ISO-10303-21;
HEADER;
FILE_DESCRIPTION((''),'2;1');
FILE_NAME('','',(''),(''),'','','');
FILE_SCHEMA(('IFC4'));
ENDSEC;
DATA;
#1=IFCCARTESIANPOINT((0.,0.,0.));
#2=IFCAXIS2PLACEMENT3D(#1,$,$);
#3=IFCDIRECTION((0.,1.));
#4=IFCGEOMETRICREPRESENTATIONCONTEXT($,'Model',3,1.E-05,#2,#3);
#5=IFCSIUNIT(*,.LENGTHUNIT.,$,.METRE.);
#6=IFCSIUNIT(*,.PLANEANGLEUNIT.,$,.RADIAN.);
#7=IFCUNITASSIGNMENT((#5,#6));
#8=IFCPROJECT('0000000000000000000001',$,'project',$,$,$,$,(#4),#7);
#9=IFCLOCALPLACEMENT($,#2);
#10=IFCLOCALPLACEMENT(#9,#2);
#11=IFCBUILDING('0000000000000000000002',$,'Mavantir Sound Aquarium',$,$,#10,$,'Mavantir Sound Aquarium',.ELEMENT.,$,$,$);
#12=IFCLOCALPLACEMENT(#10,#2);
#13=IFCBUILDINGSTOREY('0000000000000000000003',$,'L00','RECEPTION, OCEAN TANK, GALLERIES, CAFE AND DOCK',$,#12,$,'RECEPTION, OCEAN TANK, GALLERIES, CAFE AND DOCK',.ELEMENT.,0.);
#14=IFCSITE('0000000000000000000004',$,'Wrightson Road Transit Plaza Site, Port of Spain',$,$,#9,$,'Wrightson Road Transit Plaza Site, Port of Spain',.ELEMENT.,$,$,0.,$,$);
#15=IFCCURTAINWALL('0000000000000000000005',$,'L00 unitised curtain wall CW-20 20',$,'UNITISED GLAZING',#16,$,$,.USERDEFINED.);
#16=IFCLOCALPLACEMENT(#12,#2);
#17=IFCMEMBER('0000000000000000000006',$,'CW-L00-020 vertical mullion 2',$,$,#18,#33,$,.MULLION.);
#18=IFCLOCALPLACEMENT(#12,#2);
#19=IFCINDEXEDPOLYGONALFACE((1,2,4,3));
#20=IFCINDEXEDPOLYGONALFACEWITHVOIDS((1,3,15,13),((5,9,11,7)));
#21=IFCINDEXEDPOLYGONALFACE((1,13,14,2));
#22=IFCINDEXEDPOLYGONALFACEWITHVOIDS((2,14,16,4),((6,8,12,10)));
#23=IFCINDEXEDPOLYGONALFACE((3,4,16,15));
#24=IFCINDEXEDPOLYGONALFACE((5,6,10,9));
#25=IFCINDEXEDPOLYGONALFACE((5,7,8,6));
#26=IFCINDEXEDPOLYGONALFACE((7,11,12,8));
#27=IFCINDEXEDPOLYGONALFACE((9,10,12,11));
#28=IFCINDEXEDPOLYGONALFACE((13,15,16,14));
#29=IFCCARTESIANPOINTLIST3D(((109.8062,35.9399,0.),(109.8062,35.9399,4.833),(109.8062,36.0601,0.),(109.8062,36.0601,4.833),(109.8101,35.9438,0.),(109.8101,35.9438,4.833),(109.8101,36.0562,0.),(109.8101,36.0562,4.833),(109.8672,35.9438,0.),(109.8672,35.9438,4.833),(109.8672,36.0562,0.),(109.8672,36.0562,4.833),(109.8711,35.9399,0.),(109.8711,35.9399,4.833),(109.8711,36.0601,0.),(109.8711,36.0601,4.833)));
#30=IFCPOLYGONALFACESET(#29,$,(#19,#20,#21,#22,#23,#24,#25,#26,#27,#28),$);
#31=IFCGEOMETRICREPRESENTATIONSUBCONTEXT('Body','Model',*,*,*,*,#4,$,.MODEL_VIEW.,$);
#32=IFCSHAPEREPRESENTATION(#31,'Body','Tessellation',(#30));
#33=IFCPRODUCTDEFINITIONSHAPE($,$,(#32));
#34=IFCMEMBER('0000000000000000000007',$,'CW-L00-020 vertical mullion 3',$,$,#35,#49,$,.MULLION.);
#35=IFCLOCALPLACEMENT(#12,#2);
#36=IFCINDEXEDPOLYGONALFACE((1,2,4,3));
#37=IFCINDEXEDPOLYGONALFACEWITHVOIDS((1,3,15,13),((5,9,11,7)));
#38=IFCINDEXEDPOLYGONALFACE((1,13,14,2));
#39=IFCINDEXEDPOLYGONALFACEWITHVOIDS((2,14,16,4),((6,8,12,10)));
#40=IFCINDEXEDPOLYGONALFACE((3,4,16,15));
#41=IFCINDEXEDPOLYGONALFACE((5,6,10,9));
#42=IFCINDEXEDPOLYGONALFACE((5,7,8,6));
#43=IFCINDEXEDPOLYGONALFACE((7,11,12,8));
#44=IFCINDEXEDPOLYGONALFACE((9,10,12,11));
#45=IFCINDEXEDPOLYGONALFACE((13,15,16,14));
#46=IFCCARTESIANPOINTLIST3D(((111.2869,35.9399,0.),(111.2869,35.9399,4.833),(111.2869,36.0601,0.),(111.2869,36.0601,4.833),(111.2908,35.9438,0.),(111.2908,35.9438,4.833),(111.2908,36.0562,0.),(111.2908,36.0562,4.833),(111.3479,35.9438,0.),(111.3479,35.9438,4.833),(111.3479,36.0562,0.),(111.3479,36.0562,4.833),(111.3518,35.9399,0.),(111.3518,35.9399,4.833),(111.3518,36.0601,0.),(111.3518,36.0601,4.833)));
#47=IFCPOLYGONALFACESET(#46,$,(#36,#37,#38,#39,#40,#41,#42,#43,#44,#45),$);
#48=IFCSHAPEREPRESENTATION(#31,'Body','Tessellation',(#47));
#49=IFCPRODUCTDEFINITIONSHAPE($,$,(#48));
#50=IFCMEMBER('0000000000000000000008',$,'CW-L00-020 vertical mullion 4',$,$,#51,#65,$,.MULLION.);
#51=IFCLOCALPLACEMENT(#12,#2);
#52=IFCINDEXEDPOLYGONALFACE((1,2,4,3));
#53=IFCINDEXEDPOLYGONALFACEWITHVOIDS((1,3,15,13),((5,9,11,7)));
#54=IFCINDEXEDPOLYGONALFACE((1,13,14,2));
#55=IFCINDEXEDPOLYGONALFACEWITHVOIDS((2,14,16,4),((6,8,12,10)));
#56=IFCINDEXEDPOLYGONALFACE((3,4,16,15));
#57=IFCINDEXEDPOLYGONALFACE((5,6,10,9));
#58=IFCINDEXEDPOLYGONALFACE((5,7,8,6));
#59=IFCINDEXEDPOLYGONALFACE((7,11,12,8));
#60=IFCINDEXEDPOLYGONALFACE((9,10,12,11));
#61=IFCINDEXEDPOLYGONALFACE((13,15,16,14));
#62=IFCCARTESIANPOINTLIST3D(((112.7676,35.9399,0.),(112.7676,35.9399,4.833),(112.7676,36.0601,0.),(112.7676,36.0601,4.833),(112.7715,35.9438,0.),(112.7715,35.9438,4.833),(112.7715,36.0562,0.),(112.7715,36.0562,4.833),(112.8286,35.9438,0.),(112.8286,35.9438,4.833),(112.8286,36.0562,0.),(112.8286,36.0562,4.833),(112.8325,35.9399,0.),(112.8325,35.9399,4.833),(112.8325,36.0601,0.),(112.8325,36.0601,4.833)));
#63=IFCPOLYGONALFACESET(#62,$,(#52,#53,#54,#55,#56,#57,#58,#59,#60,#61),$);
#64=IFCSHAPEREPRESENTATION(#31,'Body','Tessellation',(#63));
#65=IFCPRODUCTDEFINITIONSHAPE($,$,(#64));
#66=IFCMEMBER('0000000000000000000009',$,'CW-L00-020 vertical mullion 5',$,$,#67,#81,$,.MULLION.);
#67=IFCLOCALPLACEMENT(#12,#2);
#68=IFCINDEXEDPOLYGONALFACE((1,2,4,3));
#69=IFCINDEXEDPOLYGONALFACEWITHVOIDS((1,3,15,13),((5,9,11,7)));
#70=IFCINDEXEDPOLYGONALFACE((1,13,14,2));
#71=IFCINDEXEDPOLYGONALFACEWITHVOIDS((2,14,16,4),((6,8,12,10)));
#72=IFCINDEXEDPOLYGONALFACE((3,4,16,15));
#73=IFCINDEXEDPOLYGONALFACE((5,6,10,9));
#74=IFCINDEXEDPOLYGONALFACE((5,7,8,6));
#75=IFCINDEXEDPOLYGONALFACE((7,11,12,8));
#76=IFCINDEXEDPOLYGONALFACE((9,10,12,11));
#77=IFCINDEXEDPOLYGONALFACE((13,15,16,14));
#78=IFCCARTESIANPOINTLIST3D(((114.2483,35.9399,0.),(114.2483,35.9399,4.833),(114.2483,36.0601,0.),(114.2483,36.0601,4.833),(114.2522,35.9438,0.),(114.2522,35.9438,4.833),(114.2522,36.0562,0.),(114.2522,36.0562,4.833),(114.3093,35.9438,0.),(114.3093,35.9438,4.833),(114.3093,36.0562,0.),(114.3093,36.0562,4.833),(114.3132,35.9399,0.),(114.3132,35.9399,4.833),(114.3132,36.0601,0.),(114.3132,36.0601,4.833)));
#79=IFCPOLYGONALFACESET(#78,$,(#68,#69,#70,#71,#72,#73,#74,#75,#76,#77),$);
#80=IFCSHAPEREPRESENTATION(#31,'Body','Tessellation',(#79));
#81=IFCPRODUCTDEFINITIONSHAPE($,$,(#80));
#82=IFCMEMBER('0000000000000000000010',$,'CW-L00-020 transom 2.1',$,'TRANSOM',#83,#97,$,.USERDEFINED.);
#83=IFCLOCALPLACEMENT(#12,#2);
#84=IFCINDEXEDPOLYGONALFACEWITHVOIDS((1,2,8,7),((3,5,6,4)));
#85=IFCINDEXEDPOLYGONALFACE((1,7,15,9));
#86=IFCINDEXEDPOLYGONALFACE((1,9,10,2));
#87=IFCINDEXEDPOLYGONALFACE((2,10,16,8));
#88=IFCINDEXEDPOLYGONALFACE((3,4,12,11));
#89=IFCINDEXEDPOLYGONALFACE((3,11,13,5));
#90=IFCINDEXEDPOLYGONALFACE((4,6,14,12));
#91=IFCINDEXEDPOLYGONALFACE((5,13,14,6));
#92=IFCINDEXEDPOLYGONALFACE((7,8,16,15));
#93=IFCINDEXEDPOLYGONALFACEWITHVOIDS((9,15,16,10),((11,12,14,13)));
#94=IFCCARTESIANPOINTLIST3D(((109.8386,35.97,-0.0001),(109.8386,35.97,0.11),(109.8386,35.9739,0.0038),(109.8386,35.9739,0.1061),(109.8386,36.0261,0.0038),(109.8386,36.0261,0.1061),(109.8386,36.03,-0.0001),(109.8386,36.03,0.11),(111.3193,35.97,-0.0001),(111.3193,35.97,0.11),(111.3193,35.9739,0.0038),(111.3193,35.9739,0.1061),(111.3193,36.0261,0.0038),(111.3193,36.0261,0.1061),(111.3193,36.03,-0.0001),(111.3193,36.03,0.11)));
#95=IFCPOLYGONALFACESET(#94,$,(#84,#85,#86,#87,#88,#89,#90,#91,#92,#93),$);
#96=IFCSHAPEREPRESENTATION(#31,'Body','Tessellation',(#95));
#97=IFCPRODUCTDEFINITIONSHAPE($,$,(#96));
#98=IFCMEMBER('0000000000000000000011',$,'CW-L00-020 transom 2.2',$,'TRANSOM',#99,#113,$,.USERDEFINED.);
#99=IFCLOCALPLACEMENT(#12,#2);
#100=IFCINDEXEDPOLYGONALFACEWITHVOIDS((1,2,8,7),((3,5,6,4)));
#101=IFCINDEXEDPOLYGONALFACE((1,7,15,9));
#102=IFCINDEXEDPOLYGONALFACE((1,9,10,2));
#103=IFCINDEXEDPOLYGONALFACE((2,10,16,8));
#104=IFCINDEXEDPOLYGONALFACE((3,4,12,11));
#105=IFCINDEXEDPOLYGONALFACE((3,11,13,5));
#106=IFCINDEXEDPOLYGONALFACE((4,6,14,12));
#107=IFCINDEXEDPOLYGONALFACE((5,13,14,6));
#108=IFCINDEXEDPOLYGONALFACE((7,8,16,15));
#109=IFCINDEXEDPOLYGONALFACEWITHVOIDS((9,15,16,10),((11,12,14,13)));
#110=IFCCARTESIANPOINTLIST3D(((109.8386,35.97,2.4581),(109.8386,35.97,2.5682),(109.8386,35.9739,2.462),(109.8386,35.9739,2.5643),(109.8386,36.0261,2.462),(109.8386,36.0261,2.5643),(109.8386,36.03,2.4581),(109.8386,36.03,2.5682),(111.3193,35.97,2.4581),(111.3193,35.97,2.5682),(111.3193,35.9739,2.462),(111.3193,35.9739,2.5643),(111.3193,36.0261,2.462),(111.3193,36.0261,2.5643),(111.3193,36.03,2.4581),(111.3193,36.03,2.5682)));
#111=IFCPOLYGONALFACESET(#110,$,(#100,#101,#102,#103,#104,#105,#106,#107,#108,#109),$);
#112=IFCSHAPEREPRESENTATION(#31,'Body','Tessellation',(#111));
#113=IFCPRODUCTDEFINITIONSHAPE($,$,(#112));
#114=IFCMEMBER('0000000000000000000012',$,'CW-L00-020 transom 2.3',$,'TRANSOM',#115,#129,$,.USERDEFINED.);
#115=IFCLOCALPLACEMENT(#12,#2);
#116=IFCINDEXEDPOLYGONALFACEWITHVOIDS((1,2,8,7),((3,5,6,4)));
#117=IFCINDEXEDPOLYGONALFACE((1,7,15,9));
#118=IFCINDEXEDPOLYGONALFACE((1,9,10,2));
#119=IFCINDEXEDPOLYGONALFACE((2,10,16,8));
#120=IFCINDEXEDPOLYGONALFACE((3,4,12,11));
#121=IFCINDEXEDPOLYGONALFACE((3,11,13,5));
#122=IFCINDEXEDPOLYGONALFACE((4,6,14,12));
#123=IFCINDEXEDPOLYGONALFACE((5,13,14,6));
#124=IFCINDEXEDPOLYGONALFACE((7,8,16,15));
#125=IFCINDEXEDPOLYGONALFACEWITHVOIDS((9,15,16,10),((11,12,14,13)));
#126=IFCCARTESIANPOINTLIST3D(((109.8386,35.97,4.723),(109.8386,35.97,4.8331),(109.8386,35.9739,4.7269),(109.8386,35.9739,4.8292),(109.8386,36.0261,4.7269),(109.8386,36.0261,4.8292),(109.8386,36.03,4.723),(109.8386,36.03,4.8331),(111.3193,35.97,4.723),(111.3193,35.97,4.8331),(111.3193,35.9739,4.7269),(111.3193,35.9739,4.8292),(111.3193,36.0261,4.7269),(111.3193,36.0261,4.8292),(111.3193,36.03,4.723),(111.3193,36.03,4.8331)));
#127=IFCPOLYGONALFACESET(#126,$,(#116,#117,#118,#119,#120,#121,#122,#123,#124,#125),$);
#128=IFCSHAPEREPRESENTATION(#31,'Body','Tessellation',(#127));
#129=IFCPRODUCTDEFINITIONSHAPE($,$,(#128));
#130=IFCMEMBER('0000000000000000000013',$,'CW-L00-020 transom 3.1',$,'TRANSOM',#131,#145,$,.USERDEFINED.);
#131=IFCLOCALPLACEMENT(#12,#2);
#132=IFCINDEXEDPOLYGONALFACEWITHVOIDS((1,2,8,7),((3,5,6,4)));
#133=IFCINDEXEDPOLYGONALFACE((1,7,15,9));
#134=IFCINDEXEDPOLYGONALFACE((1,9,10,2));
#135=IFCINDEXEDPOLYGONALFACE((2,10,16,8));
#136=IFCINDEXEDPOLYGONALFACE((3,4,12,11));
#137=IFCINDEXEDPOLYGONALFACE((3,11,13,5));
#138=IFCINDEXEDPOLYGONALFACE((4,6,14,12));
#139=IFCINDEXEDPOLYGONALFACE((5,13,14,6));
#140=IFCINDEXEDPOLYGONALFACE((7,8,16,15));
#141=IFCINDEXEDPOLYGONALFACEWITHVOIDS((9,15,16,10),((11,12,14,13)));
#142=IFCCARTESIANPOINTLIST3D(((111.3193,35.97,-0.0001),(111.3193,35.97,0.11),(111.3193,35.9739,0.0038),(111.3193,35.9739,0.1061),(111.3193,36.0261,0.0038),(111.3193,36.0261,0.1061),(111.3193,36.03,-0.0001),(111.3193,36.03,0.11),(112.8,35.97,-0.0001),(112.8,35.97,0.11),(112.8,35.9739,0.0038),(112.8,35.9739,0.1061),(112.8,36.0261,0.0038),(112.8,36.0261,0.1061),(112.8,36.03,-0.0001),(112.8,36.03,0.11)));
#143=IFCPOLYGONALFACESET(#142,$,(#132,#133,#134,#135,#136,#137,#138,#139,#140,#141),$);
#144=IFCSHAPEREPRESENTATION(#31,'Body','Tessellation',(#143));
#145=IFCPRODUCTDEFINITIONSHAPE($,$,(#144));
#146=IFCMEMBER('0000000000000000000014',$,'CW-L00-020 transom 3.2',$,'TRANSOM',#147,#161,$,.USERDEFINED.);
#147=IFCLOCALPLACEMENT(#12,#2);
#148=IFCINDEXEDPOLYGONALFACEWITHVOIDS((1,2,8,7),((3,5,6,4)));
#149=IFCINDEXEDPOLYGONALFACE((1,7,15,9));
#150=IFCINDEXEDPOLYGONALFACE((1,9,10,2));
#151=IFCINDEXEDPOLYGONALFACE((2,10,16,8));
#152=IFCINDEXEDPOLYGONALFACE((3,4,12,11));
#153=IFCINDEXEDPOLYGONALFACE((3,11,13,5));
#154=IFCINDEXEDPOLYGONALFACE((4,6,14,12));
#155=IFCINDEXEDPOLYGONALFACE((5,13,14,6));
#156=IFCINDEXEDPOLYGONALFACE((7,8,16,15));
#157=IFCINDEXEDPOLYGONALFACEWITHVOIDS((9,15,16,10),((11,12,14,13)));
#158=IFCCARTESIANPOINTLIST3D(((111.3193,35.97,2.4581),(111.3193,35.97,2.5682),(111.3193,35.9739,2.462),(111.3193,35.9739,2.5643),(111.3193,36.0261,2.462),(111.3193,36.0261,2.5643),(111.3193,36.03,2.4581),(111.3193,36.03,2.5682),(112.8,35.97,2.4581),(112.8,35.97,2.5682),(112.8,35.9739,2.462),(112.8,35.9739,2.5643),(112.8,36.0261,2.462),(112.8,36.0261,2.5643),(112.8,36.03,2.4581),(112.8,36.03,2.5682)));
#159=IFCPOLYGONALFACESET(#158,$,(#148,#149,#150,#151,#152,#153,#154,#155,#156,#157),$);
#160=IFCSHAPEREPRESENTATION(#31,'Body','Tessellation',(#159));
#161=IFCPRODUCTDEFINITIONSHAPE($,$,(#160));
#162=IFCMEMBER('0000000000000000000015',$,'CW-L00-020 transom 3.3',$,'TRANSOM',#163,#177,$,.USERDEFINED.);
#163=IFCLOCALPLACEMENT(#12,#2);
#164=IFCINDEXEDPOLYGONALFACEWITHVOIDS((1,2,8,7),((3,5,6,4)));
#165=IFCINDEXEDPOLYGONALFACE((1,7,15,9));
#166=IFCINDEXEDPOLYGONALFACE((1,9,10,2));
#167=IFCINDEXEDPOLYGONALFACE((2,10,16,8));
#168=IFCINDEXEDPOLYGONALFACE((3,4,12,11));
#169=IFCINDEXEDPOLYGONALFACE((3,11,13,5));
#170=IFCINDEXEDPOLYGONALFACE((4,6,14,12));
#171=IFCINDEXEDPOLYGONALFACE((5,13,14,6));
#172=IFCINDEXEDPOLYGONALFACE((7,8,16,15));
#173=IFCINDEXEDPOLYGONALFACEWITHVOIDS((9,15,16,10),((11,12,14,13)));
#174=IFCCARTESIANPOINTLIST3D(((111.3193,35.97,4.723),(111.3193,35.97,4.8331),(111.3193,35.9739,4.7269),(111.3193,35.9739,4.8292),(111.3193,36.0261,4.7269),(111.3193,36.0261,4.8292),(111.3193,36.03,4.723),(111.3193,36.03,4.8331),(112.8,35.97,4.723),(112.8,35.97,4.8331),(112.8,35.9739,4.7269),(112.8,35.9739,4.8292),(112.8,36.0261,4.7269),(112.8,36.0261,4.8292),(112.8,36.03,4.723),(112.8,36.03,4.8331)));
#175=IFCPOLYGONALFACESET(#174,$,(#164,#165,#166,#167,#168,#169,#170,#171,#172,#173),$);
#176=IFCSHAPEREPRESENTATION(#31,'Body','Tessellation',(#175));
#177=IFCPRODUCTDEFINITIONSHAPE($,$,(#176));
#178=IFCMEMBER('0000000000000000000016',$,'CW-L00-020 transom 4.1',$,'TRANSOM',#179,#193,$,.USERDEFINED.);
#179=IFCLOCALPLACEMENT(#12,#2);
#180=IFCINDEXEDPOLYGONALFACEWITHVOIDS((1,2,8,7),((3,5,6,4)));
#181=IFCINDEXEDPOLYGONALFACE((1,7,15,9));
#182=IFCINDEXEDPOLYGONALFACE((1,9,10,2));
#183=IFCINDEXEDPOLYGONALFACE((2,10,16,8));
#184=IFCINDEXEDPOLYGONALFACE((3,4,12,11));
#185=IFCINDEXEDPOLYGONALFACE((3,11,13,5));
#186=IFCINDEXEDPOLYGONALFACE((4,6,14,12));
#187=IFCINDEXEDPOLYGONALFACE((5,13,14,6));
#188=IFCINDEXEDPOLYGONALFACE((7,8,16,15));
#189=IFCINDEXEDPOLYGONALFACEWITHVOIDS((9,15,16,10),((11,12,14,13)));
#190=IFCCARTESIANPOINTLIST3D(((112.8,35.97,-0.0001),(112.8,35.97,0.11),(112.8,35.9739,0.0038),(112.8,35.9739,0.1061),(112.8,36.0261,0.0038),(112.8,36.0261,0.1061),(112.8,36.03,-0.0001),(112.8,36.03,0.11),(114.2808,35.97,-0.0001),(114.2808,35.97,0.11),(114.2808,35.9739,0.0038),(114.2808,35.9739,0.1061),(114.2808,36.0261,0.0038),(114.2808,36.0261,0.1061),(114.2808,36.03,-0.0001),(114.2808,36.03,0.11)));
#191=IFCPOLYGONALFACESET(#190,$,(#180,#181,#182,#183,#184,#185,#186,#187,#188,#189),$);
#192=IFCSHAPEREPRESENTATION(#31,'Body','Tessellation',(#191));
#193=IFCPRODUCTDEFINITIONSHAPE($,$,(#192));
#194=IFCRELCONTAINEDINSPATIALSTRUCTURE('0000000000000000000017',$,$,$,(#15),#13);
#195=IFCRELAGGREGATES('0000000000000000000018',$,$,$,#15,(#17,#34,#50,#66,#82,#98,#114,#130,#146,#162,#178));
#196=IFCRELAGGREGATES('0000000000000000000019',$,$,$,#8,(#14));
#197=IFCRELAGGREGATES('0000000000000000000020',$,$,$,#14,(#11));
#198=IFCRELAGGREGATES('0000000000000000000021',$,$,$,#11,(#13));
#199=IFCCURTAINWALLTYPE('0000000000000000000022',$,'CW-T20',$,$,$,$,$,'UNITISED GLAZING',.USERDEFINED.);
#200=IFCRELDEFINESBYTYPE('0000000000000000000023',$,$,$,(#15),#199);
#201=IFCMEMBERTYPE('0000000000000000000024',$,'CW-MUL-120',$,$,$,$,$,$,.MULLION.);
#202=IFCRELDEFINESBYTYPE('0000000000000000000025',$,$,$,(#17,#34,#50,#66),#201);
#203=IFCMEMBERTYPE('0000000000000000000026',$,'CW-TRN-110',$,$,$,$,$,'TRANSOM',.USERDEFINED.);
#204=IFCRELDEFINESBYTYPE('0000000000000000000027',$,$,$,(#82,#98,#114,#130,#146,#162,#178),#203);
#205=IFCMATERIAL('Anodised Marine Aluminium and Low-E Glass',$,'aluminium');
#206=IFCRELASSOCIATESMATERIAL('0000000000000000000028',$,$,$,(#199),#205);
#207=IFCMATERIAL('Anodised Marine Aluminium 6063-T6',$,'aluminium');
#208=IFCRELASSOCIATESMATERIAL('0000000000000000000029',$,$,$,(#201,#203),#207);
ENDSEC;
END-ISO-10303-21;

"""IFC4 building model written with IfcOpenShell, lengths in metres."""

from ifc_helpers import new_model, si_unit, direction, frame, origin, origin_2d, place, context, subcontext, project, spatial, hollow_rectangle, extrude, material, material_profile, profile_set, type_object, element, aggregate, save


model = new_model("IFC4")

# Units and contexts
model_context = context("Model", 3, precision=1e-05, world=origin(), true_north=direction((0.0, 1.0)))
body_context = subcontext(model_context, "Body", "Model", "MODEL_VIEW")
ifc_project = project(units=[si_unit("LENGTHUNIT", "METRE"), si_unit("PLANEANGLEUNIT", "RADIAN")], contexts=[model_context])

# Site, building, storey
site_placement = place(None, origin())
site = spatial("IfcSite", under=ifc_project, at=site_placement, Name="Wrightson Road Transit Plaza Site, Port of Spain", LongName="Wrightson Road Transit Plaza Site, Port of Spain", CompositionType="ELEMENT", RefElevation=0.0)
building_placement = place(site_placement, origin())
building = spatial("IfcBuilding", under=site, at=building_placement, Name="Mavantir Sound Aquarium", LongName="Mavantir Sound Aquarium", CompositionType="ELEMENT")
storey_placement = place(building_placement, origin())
storey = spatial("IfcBuildingStorey", under=building, at=storey_placement, Name="L00", Description="RECEPTION, OCEAN TANK, GALLERIES, CAFE AND DOCK", LongName="RECEPTION, OCEAN TANK, GALLERIES, CAFE AND DOCK", CompositionType="ELEMENT", Elevation=0.0)

# Curtain wall, members
ifc_material_1 = material(Name="Anodised Marine Aluminium and Low-E Glass", Category="aluminium")
curtain_wall_type = type_object("IfcCurtainWallType", Name="CW-T20", ElementType="UNITISED GLAZING", PredefinedType="USERDEFINED", material=ifc_material_1)
curtain_wall_placement = place(storey_placement, origin())
curtain_wall = element("IfcCurtainWall", 1, at=curtain_wall_placement, inside=storey, type_object=curtain_wall_type, Name="L00 unitised curtain wall CW-20 20", ObjectType="UNITISED GLAZING", PredefinedType="USERDEFINED")
ifc_material_2 = material(Name="Anodised Marine Aluminium 6063-T6", Category="aluminium")
ifc_material_profile_1 = material_profile(ifc_material_2, hollow_rectangle(XDim=0.0649, YDim=0.1201, WallThickness=0.0039, at=origin_2d()), Name="ALU-MULLION-120X65")
ifc_profile_set_1 = profile_set([ifc_material_profile_1], Name="Anodised Marine Aluminium 6063-T6")
member_type_1 = type_object("IfcMemberType", Name="CW-MUL-120", PredefinedType="MULLION", material=ifc_profile_set_1)
member_1_placement = place(storey_placement, frame((109.8386, 36.0, 0.0), z_axis=(0.0, 0.0, 1.0), x_axis=(1.0, 0.0, 0.0)))
member_1 = element("IfcMember", 2, at=member_1_placement, type_object=member_type_1, Name="CW-L00-020 vertical mullion 2", PredefinedType="MULLION", context=body_context, shape_type="SweptSolid", body=[
    extrude(hollow_rectangle(XDim=0.0649, YDim=0.1201, WallThickness=0.0039, at=origin_2d()), origin(), (0.0, 0.0, 1.0), 4.833),
])
member_2_placement = place(storey_placement, frame((111.3193, 36.0, 0.0), z_axis=(0.0, 0.0, 1.0), x_axis=(1.0, 0.0, 0.0)))
member_2 = element("IfcMember", 3, at=member_2_placement, type_object=member_type_1, Name="CW-L00-020 vertical mullion 3", PredefinedType="MULLION", context=body_context, shape_type="SweptSolid", body=[
    extrude(hollow_rectangle(XDim=0.0649, YDim=0.1201, WallThickness=0.0039, at=origin_2d()), origin(), (0.0, 0.0, 1.0), 4.833),
])
member_3_placement = place(storey_placement, frame((112.8, 36.0, 0.0), z_axis=(0.0, 0.0, 1.0), x_axis=(1.0, 0.0, 0.0)))
member_3 = element("IfcMember", 4, at=member_3_placement, type_object=member_type_1, Name="CW-L00-020 vertical mullion 4", PredefinedType="MULLION", context=body_context, shape_type="SweptSolid", body=[
    extrude(hollow_rectangle(XDim=0.0649, YDim=0.1201, WallThickness=0.0039, at=origin_2d()), origin(), (0.0, 0.0, 1.0), 4.833),
])
member_4_placement = place(storey_placement, frame((114.2808, 36.0, 0.0), z_axis=(0.0, 0.0, 1.0), x_axis=(1.0, 0.0, 0.0)))
member_4 = element("IfcMember", 5, at=member_4_placement, type_object=member_type_1, Name="CW-L00-020 vertical mullion 5", PredefinedType="MULLION", context=body_context, shape_type="SweptSolid", body=[
    extrude(hollow_rectangle(XDim=0.0649, YDim=0.1201, WallThickness=0.0039, at=origin_2d()), origin(), (0.0, 0.0, 1.0), 4.833),
])
ifc_material_profile_2 = material_profile(ifc_material_2, hollow_rectangle(XDim=0.0601, YDim=0.1101, WallThickness=0.0039, at=origin_2d()), Name="ALU-TRANSOM-110X60")
ifc_profile_set_2 = profile_set([ifc_material_profile_2], Name="Anodised Marine Aluminium 6063-T6")
member_type_2 = type_object("IfcMemberType", Name="CW-TRN-110", ElementType="TRANSOM", PredefinedType="USERDEFINED", material=ifc_profile_set_2)
member_5_placement = place(storey_placement, frame((109.8386, 36.0, 0.0549), z_axis=(1.0, 0.0, 0.0), x_axis=(0.0, 1.0, 0.0)))
member_5 = element("IfcMember", 6, at=member_5_placement, type_object=member_type_2, Name="CW-L00-020 transom 2.1", ObjectType="TRANSOM", PredefinedType="USERDEFINED", context=body_context, shape_type="SweptSolid", body=[
    extrude(hollow_rectangle(XDim=0.0601, YDim=0.1101, WallThickness=0.0039, at=origin_2d()), origin(), (0.0, 0.0, 1.0), 1.4807),
])
member_6_placement = place(storey_placement, frame((109.8386, 36.0, 2.5132), z_axis=(1.0, 0.0, 0.0), x_axis=(0.0, 1.0, 0.0)))
member_6 = element("IfcMember", 7, at=member_6_placement, type_object=member_type_2, Name="CW-L00-020 transom 2.2", ObjectType="TRANSOM", PredefinedType="USERDEFINED", context=body_context, shape_type="SweptSolid", body=[
    extrude(hollow_rectangle(XDim=0.0601, YDim=0.1101, WallThickness=0.0039, at=origin_2d()), origin(), (0.0, 0.0, 1.0), 1.4807),
])
member_7_placement = place(storey_placement, frame((109.8386, 36.0, 4.7781), z_axis=(1.0, 0.0, 0.0), x_axis=(0.0, 1.0, 0.0)))
member_7 = element("IfcMember", 8, at=member_7_placement, type_object=member_type_2, Name="CW-L00-020 transom 2.3", ObjectType="TRANSOM", PredefinedType="USERDEFINED", context=body_context, shape_type="SweptSolid", body=[
    extrude(hollow_rectangle(XDim=0.0601, YDim=0.1101, WallThickness=0.0039, at=origin_2d()), origin(), (0.0, 0.0, 1.0), 1.4807),
])
member_8_placement = place(storey_placement, frame((111.3193, 36.0, 0.0549), z_axis=(1.0, 0.0, 0.0), x_axis=(0.0, 1.0, 0.0)))
member_8 = element("IfcMember", 9, at=member_8_placement, type_object=member_type_2, Name="CW-L00-020 transom 3.1", ObjectType="TRANSOM", PredefinedType="USERDEFINED", context=body_context, shape_type="SweptSolid", body=[
    extrude(hollow_rectangle(XDim=0.0601, YDim=0.1101, WallThickness=0.0039, at=origin_2d()), origin(), (0.0, 0.0, 1.0), 1.4807),
])
member_9_placement = place(storey_placement, frame((111.3193, 36.0, 2.5132), z_axis=(1.0, 0.0, 0.0), x_axis=(0.0, 1.0, 0.0)))
member_9 = element("IfcMember", 10, at=member_9_placement, type_object=member_type_2, Name="CW-L00-020 transom 3.2", ObjectType="TRANSOM", PredefinedType="USERDEFINED", context=body_context, shape_type="SweptSolid", body=[
    extrude(hollow_rectangle(XDim=0.0601, YDim=0.1101, WallThickness=0.0039, at=origin_2d()), origin(), (0.0, 0.0, 1.0), 1.4807),
])
member_10_placement = place(storey_placement, frame((111.3193, 36.0, 4.7781), z_axis=(1.0, 0.0, 0.0), x_axis=(0.0, 1.0, 0.0)))
member_10 = element("IfcMember", 11, at=member_10_placement, type_object=member_type_2, Name="CW-L00-020 transom 3.3", ObjectType="TRANSOM", PredefinedType="USERDEFINED", context=body_context, shape_type="SweptSolid", body=[
    extrude(hollow_rectangle(XDim=0.0601, YDim=0.1101, WallThickness=0.0039, at=origin_2d()), origin(), (0.0, 0.0, 1.0), 1.4807),
])
member_11_placement = place(storey_placement, frame((112.8, 36.0, 0.0549), z_axis=(1.0, 0.0, 0.0), x_axis=(0.0, 1.0, 0.0)))
member_11 = element("IfcMember", 12, at=member_11_placement, type_object=member_type_2, Name="CW-L00-020 transom 4.1", ObjectType="TRANSOM", PredefinedType="USERDEFINED", context=body_context, shape_type="SweptSolid", body=[
    extrude(hollow_rectangle(XDim=0.0601, YDim=0.1101, WallThickness=0.0039, at=origin_2d()), origin(), (0.0, 0.0, 1.0), 1.4807),
])
aggregate(curtain_wall, [member_1, member_2, member_3, member_4, member_5, member_6, member_7, member_8, member_9, member_10, member_11])

save(model, "model.ifc")
